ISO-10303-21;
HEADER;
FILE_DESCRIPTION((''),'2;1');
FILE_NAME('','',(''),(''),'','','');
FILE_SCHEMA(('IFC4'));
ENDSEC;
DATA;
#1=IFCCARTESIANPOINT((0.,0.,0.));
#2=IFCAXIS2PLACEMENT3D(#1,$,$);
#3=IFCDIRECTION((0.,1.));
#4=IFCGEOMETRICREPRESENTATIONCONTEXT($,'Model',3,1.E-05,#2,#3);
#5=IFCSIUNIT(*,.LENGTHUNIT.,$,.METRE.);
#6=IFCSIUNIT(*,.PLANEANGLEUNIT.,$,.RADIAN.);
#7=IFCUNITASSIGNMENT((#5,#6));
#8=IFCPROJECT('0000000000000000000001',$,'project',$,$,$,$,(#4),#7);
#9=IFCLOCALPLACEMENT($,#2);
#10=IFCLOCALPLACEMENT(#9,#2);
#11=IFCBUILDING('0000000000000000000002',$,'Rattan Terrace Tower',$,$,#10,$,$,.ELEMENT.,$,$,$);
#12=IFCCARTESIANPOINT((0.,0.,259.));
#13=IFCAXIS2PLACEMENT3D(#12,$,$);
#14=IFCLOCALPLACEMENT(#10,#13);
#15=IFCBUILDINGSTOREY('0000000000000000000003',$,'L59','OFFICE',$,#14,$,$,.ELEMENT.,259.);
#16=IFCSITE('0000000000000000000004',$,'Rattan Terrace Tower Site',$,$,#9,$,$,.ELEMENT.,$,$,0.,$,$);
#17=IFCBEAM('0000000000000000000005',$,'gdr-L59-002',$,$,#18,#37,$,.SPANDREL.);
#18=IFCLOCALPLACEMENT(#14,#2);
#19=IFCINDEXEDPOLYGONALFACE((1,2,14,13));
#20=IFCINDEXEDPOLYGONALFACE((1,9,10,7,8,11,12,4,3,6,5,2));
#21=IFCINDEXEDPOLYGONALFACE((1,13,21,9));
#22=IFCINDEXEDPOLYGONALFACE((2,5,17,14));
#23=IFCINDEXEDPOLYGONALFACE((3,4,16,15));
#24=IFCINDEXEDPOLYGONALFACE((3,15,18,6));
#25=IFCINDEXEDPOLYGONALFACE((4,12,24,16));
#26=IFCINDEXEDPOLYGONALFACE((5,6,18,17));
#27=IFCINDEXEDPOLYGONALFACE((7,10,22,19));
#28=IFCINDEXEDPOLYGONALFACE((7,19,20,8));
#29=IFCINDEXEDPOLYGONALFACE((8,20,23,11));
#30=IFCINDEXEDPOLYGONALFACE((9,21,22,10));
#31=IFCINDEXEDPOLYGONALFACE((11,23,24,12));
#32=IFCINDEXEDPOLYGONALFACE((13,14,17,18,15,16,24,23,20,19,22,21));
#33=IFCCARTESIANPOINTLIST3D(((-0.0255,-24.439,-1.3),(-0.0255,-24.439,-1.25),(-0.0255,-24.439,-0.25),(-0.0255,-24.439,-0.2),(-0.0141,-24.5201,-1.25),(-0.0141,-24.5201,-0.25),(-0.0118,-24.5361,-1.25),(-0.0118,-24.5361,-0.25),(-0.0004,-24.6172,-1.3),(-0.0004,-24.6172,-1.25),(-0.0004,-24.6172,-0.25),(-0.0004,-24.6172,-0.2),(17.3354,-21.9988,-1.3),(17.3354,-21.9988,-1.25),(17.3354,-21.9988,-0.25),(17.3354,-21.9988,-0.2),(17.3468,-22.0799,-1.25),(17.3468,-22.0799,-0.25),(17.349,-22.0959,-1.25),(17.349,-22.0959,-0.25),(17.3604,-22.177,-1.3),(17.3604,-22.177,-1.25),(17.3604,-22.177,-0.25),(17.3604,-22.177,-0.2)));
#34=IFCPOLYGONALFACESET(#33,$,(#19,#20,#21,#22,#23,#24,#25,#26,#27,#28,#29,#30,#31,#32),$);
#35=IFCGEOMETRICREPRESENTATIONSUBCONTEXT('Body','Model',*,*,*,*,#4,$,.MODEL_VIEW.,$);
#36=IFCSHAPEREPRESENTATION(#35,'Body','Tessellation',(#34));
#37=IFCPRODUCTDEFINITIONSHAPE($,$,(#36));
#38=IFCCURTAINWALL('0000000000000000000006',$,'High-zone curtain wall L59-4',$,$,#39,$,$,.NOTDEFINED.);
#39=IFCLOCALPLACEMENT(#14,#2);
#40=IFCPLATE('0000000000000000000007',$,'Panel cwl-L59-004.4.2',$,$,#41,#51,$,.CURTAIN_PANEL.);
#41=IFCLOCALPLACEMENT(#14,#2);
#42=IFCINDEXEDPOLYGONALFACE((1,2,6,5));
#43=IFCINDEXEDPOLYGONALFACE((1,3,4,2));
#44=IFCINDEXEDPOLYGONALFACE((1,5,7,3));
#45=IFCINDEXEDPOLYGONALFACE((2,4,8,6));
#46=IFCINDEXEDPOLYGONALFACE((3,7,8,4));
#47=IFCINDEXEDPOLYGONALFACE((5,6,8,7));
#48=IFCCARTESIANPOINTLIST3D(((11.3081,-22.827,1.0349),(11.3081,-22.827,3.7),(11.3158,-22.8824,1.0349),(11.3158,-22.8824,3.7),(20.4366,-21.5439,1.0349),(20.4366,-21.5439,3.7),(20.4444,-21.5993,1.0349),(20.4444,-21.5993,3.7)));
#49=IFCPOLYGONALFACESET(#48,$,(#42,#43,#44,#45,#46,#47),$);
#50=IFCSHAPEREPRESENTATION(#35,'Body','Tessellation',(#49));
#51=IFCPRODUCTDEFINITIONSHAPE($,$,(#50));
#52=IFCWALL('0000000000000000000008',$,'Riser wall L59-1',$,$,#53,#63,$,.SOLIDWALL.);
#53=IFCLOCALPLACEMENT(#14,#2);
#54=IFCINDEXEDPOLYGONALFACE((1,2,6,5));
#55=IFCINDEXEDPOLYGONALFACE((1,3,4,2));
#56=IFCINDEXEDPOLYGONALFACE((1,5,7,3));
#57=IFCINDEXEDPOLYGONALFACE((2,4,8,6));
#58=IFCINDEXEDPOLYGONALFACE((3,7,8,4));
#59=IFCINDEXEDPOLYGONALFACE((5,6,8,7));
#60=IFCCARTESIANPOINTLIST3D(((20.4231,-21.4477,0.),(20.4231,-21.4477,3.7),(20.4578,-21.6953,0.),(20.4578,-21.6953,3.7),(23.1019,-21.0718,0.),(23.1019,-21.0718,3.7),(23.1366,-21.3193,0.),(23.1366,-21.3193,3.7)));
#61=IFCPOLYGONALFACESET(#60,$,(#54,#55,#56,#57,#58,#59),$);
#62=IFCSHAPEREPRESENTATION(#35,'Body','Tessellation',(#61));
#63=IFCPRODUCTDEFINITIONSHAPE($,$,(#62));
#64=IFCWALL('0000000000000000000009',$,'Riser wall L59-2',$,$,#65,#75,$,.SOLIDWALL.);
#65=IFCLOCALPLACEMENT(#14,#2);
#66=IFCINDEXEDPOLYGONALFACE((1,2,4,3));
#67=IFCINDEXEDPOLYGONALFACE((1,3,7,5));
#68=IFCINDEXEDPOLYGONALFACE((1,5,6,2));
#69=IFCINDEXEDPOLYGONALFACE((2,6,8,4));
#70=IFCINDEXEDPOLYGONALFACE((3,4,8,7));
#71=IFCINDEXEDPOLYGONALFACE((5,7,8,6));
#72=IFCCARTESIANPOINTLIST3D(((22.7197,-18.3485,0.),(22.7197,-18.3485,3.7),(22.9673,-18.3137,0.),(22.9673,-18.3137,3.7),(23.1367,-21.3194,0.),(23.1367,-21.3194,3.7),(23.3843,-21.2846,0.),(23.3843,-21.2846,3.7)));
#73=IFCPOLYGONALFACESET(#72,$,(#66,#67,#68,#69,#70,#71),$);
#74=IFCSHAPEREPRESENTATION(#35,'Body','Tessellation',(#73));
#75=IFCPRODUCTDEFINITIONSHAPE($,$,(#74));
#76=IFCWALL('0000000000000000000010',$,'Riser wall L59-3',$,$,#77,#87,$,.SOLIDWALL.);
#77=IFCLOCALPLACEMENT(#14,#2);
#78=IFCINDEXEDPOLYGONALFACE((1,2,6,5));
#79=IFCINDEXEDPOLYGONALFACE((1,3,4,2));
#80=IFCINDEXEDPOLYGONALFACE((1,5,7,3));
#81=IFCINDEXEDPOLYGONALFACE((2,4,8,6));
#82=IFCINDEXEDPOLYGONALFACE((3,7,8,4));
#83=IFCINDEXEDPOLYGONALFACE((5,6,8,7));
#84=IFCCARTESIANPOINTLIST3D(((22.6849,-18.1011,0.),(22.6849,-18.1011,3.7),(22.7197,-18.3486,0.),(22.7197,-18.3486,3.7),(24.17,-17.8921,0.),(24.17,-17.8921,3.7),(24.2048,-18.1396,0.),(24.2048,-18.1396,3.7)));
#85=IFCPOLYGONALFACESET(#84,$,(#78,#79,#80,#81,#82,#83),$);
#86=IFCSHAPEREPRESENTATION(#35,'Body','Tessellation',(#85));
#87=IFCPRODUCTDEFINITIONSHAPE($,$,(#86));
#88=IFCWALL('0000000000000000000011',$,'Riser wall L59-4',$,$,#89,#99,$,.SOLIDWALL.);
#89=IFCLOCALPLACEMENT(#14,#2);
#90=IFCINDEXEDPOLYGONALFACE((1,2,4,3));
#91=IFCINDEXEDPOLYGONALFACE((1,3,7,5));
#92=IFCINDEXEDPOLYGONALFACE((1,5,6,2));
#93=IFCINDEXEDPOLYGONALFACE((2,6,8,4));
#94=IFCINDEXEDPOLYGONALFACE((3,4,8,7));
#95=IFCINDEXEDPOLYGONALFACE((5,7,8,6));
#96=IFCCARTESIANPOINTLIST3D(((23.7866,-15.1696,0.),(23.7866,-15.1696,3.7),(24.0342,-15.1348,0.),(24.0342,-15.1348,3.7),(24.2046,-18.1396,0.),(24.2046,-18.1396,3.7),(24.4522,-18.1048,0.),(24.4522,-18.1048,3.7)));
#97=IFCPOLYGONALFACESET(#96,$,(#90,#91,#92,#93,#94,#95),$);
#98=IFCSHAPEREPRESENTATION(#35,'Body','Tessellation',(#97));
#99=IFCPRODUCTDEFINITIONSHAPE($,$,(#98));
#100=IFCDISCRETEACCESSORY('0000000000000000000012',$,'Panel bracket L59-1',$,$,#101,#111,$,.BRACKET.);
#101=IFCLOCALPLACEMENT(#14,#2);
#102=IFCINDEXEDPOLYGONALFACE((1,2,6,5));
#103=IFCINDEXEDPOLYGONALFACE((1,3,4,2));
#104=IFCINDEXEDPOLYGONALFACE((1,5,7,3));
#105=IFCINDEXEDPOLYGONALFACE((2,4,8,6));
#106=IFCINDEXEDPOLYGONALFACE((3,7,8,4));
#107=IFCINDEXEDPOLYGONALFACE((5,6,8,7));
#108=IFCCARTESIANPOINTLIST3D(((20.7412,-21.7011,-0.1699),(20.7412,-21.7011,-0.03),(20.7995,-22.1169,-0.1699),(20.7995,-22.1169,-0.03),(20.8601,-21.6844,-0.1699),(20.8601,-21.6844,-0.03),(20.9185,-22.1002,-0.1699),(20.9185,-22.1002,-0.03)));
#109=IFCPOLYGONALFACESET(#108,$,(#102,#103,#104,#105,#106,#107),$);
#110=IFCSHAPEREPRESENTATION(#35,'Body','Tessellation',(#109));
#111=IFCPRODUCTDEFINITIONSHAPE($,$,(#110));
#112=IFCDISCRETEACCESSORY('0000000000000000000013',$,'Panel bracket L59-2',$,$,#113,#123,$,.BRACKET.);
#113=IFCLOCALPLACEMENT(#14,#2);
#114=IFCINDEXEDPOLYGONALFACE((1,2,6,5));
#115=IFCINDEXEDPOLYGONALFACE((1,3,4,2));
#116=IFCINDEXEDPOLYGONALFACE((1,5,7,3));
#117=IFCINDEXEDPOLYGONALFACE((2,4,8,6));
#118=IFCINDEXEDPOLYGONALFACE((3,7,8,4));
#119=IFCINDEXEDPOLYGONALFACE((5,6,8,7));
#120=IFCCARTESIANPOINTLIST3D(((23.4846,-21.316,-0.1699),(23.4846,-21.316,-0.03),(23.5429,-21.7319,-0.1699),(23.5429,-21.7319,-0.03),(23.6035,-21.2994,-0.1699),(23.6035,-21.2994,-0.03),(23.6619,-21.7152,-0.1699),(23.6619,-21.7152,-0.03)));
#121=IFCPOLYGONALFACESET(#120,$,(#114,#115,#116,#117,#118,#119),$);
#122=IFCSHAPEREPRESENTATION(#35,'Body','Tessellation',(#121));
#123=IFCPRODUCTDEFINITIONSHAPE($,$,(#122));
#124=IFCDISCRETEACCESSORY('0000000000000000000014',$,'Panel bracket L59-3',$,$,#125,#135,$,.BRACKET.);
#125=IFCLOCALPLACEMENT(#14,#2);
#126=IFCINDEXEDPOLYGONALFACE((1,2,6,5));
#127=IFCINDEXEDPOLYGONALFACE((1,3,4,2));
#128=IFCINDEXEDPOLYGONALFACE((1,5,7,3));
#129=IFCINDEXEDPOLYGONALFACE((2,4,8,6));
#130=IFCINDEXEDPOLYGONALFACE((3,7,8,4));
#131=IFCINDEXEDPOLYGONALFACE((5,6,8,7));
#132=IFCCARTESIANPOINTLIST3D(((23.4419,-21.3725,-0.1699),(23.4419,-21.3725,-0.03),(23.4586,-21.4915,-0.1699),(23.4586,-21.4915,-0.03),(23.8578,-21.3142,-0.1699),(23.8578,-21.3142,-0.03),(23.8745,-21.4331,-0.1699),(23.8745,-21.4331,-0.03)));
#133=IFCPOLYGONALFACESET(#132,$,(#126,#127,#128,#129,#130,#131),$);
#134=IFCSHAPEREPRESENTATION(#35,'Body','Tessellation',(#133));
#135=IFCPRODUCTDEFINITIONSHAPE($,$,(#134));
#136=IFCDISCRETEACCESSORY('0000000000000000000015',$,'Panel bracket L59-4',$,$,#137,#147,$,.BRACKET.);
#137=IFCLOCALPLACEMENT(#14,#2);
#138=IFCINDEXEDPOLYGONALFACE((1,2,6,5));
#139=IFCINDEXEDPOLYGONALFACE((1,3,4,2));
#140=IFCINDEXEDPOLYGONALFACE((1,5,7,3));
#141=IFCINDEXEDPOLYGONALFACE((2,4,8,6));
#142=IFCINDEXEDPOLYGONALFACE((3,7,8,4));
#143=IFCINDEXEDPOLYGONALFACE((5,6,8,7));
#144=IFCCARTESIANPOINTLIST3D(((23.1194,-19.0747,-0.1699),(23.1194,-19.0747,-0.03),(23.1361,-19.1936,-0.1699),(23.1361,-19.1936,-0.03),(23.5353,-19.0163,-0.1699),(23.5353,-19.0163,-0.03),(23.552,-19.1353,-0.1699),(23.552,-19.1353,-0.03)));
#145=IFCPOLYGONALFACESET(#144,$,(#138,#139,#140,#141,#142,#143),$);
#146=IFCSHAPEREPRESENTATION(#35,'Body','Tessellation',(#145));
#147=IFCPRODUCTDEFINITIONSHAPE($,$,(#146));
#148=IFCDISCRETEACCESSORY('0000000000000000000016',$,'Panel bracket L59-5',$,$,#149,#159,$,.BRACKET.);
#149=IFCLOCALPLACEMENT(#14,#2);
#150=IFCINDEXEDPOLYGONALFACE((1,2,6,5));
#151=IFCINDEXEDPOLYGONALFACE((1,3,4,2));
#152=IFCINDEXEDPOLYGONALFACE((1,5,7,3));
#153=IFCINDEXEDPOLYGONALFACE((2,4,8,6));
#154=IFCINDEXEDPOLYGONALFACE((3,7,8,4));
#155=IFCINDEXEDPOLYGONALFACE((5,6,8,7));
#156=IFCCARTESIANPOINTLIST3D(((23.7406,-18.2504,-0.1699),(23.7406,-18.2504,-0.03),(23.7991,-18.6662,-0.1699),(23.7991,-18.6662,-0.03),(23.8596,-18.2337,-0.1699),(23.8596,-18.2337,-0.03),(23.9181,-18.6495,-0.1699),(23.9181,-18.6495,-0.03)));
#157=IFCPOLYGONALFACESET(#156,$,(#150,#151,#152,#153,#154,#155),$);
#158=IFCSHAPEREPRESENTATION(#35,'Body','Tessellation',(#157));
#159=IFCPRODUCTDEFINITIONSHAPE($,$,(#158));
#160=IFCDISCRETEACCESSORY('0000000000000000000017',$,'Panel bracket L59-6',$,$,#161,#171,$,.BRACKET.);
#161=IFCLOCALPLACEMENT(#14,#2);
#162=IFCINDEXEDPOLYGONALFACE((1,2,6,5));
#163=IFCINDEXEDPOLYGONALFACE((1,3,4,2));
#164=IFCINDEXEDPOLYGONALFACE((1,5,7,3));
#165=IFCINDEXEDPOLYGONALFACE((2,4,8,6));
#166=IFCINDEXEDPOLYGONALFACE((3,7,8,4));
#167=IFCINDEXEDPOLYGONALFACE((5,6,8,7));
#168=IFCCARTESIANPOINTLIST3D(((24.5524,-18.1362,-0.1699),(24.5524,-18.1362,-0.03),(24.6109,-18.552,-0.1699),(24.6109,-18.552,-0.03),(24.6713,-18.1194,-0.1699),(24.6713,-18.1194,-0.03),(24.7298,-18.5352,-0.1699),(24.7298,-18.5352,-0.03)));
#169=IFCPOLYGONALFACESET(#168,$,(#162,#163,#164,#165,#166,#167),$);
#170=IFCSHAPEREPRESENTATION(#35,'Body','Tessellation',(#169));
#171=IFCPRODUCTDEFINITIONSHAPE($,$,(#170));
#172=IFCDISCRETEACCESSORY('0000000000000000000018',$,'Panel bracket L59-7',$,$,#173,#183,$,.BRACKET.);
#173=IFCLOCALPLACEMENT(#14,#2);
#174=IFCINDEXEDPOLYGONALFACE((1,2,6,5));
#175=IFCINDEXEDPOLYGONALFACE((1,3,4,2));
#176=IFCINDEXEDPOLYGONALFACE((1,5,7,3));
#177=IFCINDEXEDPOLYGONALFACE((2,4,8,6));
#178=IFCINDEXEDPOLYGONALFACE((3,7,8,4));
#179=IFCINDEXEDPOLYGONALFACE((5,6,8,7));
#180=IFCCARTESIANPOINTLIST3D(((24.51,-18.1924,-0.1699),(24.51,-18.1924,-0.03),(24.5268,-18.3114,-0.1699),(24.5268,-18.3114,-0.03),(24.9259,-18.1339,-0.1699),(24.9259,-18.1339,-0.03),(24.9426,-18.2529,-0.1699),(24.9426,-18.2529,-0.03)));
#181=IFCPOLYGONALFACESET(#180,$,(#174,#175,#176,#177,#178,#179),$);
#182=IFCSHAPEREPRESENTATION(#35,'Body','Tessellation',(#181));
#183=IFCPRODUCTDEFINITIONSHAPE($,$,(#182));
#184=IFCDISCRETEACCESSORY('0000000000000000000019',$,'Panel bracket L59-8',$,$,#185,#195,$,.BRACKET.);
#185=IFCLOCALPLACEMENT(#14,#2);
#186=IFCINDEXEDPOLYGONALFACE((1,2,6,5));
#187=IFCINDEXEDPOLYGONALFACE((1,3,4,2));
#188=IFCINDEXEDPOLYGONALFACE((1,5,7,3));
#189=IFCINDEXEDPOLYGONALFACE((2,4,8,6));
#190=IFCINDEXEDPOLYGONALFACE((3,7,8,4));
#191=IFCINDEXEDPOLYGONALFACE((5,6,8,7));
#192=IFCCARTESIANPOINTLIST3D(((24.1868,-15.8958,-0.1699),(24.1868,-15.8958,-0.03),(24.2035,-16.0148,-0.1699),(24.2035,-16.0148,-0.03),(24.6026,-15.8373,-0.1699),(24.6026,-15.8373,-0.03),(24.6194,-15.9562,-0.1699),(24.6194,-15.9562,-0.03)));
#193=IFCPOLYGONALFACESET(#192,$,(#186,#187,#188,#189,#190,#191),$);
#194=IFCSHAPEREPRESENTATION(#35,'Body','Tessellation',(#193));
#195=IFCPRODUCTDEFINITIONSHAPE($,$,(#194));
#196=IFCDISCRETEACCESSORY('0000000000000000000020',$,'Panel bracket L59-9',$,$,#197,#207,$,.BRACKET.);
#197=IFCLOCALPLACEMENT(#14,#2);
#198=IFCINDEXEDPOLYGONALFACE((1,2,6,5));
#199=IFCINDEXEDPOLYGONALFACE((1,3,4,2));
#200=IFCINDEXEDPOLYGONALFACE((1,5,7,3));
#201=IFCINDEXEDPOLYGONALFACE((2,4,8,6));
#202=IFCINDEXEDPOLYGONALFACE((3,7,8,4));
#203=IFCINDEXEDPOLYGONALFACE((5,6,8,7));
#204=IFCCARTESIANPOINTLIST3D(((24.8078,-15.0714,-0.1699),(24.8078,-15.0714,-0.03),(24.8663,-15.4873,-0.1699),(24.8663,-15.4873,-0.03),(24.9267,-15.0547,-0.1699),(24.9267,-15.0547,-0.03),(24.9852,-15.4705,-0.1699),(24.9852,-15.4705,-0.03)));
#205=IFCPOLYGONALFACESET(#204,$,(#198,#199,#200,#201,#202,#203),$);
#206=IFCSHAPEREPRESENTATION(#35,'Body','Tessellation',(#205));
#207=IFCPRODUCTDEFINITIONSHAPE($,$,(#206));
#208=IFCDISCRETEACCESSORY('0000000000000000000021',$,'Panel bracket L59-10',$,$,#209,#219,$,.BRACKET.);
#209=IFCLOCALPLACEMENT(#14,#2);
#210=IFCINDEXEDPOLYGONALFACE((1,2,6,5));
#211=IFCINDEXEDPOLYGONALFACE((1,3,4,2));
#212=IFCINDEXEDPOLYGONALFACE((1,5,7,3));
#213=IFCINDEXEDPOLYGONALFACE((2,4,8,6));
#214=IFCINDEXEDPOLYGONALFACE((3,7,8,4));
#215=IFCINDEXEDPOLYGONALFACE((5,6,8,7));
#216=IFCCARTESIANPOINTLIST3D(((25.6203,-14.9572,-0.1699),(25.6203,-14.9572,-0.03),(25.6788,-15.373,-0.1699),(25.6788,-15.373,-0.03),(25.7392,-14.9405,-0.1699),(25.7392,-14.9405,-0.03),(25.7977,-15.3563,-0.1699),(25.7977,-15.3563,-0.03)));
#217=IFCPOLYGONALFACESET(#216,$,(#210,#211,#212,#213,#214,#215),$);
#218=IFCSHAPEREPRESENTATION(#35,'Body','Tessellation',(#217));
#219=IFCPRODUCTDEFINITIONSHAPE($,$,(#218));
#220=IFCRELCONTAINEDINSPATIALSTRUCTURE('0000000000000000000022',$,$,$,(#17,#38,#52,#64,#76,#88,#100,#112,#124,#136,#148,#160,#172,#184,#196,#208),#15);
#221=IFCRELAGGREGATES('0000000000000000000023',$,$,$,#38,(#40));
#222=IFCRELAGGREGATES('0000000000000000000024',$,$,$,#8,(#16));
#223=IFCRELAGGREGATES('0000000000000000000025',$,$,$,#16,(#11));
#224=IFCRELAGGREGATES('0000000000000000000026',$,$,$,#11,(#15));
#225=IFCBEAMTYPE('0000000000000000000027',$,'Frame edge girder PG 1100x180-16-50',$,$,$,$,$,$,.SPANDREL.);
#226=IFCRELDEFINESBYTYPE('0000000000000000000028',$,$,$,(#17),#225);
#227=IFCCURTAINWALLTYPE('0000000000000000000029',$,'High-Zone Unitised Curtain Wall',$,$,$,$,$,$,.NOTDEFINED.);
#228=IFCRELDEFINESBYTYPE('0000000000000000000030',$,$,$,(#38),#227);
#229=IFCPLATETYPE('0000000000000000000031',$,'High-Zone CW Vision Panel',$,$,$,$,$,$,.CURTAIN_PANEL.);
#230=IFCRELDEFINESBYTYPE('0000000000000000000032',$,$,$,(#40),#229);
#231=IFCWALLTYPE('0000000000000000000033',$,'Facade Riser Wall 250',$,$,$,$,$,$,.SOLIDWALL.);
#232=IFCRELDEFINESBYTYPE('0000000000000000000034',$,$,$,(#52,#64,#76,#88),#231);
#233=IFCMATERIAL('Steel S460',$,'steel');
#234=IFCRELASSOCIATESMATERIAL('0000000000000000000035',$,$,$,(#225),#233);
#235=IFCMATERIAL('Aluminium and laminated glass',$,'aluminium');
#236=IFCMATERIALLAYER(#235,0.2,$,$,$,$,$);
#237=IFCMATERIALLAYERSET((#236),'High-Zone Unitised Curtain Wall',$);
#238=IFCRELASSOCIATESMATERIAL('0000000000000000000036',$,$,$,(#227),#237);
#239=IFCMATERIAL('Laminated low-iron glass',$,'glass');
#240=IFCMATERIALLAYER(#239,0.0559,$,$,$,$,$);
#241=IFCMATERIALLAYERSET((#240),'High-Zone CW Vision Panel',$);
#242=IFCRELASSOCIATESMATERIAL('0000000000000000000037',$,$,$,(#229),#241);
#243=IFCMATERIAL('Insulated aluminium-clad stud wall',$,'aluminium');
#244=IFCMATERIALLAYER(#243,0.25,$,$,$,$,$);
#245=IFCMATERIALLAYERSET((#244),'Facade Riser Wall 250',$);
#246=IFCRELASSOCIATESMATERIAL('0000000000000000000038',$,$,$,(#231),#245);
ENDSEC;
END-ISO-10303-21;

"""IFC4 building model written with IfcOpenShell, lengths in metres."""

from ifc_helpers import new_model, si_unit, direction, frame, frame_2d, origin, origin_2d, place, context, subcontext, project, spatial, rectangle, i_section, extrude, material, layer, layer_set, material_profile, profile_set, type_object, element, aggregate, save


model = new_model("IFC4")

# Units and contexts
model_context = context("Model", 3, precision=1e-05, world=origin(), true_north=direction((0.0, 1.0)))
body_context = subcontext(model_context, "Body", "Model", "MODEL_VIEW")
ifc_project = project(units=[si_unit("LENGTHUNIT", "METRE"), si_unit("PLANEANGLEUNIT", "RADIAN")], contexts=[model_context])

# Site, building, storey
site_placement = place(None, origin())
site = spatial("IfcSite", under=ifc_project, at=site_placement, Name="Rattan Terrace Tower Site", CompositionType="ELEMENT", RefElevation=0.0)
building_placement = place(site_placement, origin())
building = spatial("IfcBuilding", under=site, at=building_placement, Name="Rattan Terrace Tower", CompositionType="ELEMENT")
storey_placement = place(building_placement, frame((0.0, 0.0, 259.0)))
storey = spatial("IfcBuildingStorey", under=building, at=storey_placement, Name="L59", Description="OFFICE", CompositionType="ELEMENT", Elevation=259.0)

# Beam
ifc_material_1 = material(Name="Steel S460", Category="steel")
ifc_material_profile = material_profile(ifc_material_1, i_section(OverallWidth=0.1799, OverallDepth=1.1001, WebThickness=0.0161, FlangeThickness=0.05, at=origin_2d()), Name="PG 1100x180-16-50")
ifc_profile_set = profile_set([ifc_material_profile], Name="Steel S460")
beam_type = type_object("IfcBeamType", Name="Frame edge girder PG 1100x180-16-50", PredefinedType="SPANDREL", material=ifc_profile_set)
beam_placement = place(storey_placement, frame((17.3479, -22.0879, -0.75), z_axis=(-0.990266, -0.139189, 0.0), x_axis=(0.139189, -0.990266, 0.0)))
element("IfcBeam", 1, at=beam_placement, inside=storey, type_object=beam_type, Name="gdr-L59-002", PredefinedType="SPANDREL", context=body_context, shape_type="SweptSolid", body=[
    extrude(i_section(OverallWidth=0.1799, OverallDepth=1.1001, WebThickness=0.0161, FlangeThickness=0.05, at=origin_2d()), origin(), (0.0, 0.0, 1.0), 17.5315),
])

# Curtain wall, plate
ifc_material_2 = material(Name="Aluminium and laminated glass", Category="aluminium")
ifc_layer_1 = layer(ifc_material_2, 0.2)
ifc_layer_set_1 = layer_set([ifc_layer_1], Name="High-Zone Unitised Curtain Wall")
curtain_wall_type = type_object("IfcCurtainWallType", Name="High-Zone Unitised Curtain Wall", PredefinedType="NOTDEFINED", material=ifc_layer_set_1)
curtain_wall_placement = place(storey_placement, origin())
curtain_wall = element("IfcCurtainWall", 2, at=curtain_wall_placement, inside=storey, type_object=curtain_wall_type, Name="High-zone curtain wall L59-4", PredefinedType="NOTDEFINED")
ifc_material_3 = material(Name="Laminated low-iron glass", Category="glass")
ifc_layer_2 = layer(ifc_material_3, 0.0559)
ifc_layer_set_2 = layer_set([ifc_layer_2], Name="High-Zone CW Vision Panel")
plate_type = type_object("IfcPlateType", Name="High-Zone CW Vision Panel", PredefinedType="CURTAIN_PANEL", material=ifc_layer_set_2)
plate_placement = place(storey_placement, frame((15.8762, -22.2131, 1.0349), z_axis=(0.0, 0.0, 1.0), x_axis=(0.990266, 0.139189, 0.0)))
plate = element("IfcPlate", 3, at=plate_placement, type_object=plate_type, Name="Panel cwl-L59-004.4.2", PredefinedType="CURTAIN_PANEL", context=body_context, shape_type="SweptSolid", body=[
    extrude(rectangle(XDim=9.2183, YDim=0.0559, at=origin_2d()), origin(), (0.0, 0.0, 1.0), 2.665),
])
aggregate(curtain_wall, [plate])

# Walls
ifc_material_4 = material(Name="Insulated aluminium-clad stud wall", Category="aluminium")
ifc_layer_3 = layer(ifc_material_4, 0.25)
ifc_layer_set_3 = layer_set([ifc_layer_3], Name="Facade Riser Wall 250")
wall_type = type_object("IfcWallType", Name="Facade Riser Wall 250", PredefinedType="SOLIDWALL", material=ifc_layer_set_3)
wall_1_placement = place(storey_placement, frame((20.4404, -21.5715, 0.0), z_axis=(0.0, 0.0, 1.0), x_axis=(0.990293, 0.138995, 0.0)))
element("IfcWall", 4, at=wall_1_placement, inside=storey, type_object=wall_type, Name="Riser wall L59-1", PredefinedType="SOLIDWALL", context=body_context, shape_type="SweptSolid", body=[
    extrude(rectangle(XDim=2.7051, YDim=0.25, at=frame_2d((1.3525, 0.0))), origin(), (0.0, 0.0, 1.0), 3.7),
])
wall_2_placement = place(storey_placement, frame((23.2605, -21.302, 0.0), z_axis=(0.0, 0.0, 1.0), x_axis=(-0.138994, 0.990293, 0.0)))
element("IfcWall", 5, at=wall_2_placement, inside=storey, type_object=wall_type, Name="Riser wall L59-2", PredefinedType="SOLIDWALL", context=body_context, shape_type="SweptSolid", body=[
    extrude(rectangle(XDim=3.0, YDim=0.25, at=frame_2d((1.5, 0.0))), origin(), (0.0, 0.0, 1.0), 3.7),
])
wall_3_placement = place(storey_placement, frame((22.7021, -18.2249, 0.0), z_axis=(0.0, 0.0, 1.0), x_axis=(0.990244, 0.139347, 0.0)))
element("IfcWall", 6, at=wall_3_placement, inside=storey, type_object=wall_type, Name="Riser wall L59-3", PredefinedType="SOLIDWALL", context=body_context, shape_type="SweptSolid", body=[
    extrude(rectangle(XDim=1.4998, YDim=0.25, at=frame_2d((0.75, 0.0))), origin(), (0.0, 0.0, 1.0), 3.7),
])
wall_4_placement = place(storey_placement, frame((24.3284, -18.1221, 0.0), z_axis=(0.0, 0.0, 1.0), x_axis=(-0.139358, 0.990242, 0.0)))
element("IfcWall", 7, at=wall_4_placement, inside=storey, type_object=wall_type, Name="Riser wall L59-4", PredefinedType="SOLIDWALL", context=body_context, shape_type="SweptSolid", body=[
    extrude(rectangle(XDim=2.9993, YDim=0.25, at=frame_2d((1.4995, 0.0))), origin(), (0.0, 0.0, 1.0), 3.7),
])

# Discrete accessories
for number, where, z_axis, x_axis, name in (
    (8, (20.8298, -21.9006, -0.1699), (0.0, 0.0, 1.0), (0.990293, 0.138994, 0.0), "Panel bracket L59-1"),
    (9, (23.5732, -21.5156, -0.1699), (0.0, 0.0, 1.0), (0.990293, 0.138994, 0.0), "Panel bracket L59-2"),
    (10, (23.6582, -21.4028, -0.1699), (0.0, 0.0, 1.0), (-0.138994, 0.990293, 0.0), "Panel bracket L59-3"),
    (11, (23.3357, -19.105, -0.1699), (0.0, 0.0, 1.0), (-0.138994, 0.990293, 0.0), "Panel bracket L59-4"),
    (12, (23.8293, -18.45, -0.1699), (0.0, 0.0, 1.0), (0.990241, 0.139367, 0.0), "Panel bracket L59-5"),
    (13, (24.6411, -18.3357, -0.1699), (0.0, 0.0, 1.0), (0.990241, 0.139367, 0.0), "Panel bracket L59-6"),
    (14, (24.7263, -18.2227, -0.1699), (0.0, 0.0, 1.0), (-0.139367, 0.990241, 0.0), "Panel bracket L59-7"),
    (15, (24.4031, -15.926, -0.1699), (0.0, 0.0, 1.0), (-0.139367, 0.990241, 0.0), "Panel bracket L59-8"),
    (16, (24.8965, -15.271, -0.1699), (0.0, 0.0, 1.0), (0.990254, 0.139275, 0.0), "Panel bracket L59-9"),
    (17, (25.709, -15.1567, -0.1699), (0.0, 0.0, 1.0), (0.990254, 0.139275, 0.0), "Panel bracket L59-10"),
):
    element("IfcDiscreteAccessory", number, at=place(storey_placement, frame(where, z_axis=z_axis, x_axis=x_axis)), inside=storey, Name=name, PredefinedType="BRACKET", context=body_context, shape_type="SweptSolid", body=[
        extrude(rectangle(XDim=0.1201, YDim=0.4199, at=origin_2d()), origin(), (0.0, 0.0, 1.0), 0.1399),
    ])

save(model, "model.ifc")
